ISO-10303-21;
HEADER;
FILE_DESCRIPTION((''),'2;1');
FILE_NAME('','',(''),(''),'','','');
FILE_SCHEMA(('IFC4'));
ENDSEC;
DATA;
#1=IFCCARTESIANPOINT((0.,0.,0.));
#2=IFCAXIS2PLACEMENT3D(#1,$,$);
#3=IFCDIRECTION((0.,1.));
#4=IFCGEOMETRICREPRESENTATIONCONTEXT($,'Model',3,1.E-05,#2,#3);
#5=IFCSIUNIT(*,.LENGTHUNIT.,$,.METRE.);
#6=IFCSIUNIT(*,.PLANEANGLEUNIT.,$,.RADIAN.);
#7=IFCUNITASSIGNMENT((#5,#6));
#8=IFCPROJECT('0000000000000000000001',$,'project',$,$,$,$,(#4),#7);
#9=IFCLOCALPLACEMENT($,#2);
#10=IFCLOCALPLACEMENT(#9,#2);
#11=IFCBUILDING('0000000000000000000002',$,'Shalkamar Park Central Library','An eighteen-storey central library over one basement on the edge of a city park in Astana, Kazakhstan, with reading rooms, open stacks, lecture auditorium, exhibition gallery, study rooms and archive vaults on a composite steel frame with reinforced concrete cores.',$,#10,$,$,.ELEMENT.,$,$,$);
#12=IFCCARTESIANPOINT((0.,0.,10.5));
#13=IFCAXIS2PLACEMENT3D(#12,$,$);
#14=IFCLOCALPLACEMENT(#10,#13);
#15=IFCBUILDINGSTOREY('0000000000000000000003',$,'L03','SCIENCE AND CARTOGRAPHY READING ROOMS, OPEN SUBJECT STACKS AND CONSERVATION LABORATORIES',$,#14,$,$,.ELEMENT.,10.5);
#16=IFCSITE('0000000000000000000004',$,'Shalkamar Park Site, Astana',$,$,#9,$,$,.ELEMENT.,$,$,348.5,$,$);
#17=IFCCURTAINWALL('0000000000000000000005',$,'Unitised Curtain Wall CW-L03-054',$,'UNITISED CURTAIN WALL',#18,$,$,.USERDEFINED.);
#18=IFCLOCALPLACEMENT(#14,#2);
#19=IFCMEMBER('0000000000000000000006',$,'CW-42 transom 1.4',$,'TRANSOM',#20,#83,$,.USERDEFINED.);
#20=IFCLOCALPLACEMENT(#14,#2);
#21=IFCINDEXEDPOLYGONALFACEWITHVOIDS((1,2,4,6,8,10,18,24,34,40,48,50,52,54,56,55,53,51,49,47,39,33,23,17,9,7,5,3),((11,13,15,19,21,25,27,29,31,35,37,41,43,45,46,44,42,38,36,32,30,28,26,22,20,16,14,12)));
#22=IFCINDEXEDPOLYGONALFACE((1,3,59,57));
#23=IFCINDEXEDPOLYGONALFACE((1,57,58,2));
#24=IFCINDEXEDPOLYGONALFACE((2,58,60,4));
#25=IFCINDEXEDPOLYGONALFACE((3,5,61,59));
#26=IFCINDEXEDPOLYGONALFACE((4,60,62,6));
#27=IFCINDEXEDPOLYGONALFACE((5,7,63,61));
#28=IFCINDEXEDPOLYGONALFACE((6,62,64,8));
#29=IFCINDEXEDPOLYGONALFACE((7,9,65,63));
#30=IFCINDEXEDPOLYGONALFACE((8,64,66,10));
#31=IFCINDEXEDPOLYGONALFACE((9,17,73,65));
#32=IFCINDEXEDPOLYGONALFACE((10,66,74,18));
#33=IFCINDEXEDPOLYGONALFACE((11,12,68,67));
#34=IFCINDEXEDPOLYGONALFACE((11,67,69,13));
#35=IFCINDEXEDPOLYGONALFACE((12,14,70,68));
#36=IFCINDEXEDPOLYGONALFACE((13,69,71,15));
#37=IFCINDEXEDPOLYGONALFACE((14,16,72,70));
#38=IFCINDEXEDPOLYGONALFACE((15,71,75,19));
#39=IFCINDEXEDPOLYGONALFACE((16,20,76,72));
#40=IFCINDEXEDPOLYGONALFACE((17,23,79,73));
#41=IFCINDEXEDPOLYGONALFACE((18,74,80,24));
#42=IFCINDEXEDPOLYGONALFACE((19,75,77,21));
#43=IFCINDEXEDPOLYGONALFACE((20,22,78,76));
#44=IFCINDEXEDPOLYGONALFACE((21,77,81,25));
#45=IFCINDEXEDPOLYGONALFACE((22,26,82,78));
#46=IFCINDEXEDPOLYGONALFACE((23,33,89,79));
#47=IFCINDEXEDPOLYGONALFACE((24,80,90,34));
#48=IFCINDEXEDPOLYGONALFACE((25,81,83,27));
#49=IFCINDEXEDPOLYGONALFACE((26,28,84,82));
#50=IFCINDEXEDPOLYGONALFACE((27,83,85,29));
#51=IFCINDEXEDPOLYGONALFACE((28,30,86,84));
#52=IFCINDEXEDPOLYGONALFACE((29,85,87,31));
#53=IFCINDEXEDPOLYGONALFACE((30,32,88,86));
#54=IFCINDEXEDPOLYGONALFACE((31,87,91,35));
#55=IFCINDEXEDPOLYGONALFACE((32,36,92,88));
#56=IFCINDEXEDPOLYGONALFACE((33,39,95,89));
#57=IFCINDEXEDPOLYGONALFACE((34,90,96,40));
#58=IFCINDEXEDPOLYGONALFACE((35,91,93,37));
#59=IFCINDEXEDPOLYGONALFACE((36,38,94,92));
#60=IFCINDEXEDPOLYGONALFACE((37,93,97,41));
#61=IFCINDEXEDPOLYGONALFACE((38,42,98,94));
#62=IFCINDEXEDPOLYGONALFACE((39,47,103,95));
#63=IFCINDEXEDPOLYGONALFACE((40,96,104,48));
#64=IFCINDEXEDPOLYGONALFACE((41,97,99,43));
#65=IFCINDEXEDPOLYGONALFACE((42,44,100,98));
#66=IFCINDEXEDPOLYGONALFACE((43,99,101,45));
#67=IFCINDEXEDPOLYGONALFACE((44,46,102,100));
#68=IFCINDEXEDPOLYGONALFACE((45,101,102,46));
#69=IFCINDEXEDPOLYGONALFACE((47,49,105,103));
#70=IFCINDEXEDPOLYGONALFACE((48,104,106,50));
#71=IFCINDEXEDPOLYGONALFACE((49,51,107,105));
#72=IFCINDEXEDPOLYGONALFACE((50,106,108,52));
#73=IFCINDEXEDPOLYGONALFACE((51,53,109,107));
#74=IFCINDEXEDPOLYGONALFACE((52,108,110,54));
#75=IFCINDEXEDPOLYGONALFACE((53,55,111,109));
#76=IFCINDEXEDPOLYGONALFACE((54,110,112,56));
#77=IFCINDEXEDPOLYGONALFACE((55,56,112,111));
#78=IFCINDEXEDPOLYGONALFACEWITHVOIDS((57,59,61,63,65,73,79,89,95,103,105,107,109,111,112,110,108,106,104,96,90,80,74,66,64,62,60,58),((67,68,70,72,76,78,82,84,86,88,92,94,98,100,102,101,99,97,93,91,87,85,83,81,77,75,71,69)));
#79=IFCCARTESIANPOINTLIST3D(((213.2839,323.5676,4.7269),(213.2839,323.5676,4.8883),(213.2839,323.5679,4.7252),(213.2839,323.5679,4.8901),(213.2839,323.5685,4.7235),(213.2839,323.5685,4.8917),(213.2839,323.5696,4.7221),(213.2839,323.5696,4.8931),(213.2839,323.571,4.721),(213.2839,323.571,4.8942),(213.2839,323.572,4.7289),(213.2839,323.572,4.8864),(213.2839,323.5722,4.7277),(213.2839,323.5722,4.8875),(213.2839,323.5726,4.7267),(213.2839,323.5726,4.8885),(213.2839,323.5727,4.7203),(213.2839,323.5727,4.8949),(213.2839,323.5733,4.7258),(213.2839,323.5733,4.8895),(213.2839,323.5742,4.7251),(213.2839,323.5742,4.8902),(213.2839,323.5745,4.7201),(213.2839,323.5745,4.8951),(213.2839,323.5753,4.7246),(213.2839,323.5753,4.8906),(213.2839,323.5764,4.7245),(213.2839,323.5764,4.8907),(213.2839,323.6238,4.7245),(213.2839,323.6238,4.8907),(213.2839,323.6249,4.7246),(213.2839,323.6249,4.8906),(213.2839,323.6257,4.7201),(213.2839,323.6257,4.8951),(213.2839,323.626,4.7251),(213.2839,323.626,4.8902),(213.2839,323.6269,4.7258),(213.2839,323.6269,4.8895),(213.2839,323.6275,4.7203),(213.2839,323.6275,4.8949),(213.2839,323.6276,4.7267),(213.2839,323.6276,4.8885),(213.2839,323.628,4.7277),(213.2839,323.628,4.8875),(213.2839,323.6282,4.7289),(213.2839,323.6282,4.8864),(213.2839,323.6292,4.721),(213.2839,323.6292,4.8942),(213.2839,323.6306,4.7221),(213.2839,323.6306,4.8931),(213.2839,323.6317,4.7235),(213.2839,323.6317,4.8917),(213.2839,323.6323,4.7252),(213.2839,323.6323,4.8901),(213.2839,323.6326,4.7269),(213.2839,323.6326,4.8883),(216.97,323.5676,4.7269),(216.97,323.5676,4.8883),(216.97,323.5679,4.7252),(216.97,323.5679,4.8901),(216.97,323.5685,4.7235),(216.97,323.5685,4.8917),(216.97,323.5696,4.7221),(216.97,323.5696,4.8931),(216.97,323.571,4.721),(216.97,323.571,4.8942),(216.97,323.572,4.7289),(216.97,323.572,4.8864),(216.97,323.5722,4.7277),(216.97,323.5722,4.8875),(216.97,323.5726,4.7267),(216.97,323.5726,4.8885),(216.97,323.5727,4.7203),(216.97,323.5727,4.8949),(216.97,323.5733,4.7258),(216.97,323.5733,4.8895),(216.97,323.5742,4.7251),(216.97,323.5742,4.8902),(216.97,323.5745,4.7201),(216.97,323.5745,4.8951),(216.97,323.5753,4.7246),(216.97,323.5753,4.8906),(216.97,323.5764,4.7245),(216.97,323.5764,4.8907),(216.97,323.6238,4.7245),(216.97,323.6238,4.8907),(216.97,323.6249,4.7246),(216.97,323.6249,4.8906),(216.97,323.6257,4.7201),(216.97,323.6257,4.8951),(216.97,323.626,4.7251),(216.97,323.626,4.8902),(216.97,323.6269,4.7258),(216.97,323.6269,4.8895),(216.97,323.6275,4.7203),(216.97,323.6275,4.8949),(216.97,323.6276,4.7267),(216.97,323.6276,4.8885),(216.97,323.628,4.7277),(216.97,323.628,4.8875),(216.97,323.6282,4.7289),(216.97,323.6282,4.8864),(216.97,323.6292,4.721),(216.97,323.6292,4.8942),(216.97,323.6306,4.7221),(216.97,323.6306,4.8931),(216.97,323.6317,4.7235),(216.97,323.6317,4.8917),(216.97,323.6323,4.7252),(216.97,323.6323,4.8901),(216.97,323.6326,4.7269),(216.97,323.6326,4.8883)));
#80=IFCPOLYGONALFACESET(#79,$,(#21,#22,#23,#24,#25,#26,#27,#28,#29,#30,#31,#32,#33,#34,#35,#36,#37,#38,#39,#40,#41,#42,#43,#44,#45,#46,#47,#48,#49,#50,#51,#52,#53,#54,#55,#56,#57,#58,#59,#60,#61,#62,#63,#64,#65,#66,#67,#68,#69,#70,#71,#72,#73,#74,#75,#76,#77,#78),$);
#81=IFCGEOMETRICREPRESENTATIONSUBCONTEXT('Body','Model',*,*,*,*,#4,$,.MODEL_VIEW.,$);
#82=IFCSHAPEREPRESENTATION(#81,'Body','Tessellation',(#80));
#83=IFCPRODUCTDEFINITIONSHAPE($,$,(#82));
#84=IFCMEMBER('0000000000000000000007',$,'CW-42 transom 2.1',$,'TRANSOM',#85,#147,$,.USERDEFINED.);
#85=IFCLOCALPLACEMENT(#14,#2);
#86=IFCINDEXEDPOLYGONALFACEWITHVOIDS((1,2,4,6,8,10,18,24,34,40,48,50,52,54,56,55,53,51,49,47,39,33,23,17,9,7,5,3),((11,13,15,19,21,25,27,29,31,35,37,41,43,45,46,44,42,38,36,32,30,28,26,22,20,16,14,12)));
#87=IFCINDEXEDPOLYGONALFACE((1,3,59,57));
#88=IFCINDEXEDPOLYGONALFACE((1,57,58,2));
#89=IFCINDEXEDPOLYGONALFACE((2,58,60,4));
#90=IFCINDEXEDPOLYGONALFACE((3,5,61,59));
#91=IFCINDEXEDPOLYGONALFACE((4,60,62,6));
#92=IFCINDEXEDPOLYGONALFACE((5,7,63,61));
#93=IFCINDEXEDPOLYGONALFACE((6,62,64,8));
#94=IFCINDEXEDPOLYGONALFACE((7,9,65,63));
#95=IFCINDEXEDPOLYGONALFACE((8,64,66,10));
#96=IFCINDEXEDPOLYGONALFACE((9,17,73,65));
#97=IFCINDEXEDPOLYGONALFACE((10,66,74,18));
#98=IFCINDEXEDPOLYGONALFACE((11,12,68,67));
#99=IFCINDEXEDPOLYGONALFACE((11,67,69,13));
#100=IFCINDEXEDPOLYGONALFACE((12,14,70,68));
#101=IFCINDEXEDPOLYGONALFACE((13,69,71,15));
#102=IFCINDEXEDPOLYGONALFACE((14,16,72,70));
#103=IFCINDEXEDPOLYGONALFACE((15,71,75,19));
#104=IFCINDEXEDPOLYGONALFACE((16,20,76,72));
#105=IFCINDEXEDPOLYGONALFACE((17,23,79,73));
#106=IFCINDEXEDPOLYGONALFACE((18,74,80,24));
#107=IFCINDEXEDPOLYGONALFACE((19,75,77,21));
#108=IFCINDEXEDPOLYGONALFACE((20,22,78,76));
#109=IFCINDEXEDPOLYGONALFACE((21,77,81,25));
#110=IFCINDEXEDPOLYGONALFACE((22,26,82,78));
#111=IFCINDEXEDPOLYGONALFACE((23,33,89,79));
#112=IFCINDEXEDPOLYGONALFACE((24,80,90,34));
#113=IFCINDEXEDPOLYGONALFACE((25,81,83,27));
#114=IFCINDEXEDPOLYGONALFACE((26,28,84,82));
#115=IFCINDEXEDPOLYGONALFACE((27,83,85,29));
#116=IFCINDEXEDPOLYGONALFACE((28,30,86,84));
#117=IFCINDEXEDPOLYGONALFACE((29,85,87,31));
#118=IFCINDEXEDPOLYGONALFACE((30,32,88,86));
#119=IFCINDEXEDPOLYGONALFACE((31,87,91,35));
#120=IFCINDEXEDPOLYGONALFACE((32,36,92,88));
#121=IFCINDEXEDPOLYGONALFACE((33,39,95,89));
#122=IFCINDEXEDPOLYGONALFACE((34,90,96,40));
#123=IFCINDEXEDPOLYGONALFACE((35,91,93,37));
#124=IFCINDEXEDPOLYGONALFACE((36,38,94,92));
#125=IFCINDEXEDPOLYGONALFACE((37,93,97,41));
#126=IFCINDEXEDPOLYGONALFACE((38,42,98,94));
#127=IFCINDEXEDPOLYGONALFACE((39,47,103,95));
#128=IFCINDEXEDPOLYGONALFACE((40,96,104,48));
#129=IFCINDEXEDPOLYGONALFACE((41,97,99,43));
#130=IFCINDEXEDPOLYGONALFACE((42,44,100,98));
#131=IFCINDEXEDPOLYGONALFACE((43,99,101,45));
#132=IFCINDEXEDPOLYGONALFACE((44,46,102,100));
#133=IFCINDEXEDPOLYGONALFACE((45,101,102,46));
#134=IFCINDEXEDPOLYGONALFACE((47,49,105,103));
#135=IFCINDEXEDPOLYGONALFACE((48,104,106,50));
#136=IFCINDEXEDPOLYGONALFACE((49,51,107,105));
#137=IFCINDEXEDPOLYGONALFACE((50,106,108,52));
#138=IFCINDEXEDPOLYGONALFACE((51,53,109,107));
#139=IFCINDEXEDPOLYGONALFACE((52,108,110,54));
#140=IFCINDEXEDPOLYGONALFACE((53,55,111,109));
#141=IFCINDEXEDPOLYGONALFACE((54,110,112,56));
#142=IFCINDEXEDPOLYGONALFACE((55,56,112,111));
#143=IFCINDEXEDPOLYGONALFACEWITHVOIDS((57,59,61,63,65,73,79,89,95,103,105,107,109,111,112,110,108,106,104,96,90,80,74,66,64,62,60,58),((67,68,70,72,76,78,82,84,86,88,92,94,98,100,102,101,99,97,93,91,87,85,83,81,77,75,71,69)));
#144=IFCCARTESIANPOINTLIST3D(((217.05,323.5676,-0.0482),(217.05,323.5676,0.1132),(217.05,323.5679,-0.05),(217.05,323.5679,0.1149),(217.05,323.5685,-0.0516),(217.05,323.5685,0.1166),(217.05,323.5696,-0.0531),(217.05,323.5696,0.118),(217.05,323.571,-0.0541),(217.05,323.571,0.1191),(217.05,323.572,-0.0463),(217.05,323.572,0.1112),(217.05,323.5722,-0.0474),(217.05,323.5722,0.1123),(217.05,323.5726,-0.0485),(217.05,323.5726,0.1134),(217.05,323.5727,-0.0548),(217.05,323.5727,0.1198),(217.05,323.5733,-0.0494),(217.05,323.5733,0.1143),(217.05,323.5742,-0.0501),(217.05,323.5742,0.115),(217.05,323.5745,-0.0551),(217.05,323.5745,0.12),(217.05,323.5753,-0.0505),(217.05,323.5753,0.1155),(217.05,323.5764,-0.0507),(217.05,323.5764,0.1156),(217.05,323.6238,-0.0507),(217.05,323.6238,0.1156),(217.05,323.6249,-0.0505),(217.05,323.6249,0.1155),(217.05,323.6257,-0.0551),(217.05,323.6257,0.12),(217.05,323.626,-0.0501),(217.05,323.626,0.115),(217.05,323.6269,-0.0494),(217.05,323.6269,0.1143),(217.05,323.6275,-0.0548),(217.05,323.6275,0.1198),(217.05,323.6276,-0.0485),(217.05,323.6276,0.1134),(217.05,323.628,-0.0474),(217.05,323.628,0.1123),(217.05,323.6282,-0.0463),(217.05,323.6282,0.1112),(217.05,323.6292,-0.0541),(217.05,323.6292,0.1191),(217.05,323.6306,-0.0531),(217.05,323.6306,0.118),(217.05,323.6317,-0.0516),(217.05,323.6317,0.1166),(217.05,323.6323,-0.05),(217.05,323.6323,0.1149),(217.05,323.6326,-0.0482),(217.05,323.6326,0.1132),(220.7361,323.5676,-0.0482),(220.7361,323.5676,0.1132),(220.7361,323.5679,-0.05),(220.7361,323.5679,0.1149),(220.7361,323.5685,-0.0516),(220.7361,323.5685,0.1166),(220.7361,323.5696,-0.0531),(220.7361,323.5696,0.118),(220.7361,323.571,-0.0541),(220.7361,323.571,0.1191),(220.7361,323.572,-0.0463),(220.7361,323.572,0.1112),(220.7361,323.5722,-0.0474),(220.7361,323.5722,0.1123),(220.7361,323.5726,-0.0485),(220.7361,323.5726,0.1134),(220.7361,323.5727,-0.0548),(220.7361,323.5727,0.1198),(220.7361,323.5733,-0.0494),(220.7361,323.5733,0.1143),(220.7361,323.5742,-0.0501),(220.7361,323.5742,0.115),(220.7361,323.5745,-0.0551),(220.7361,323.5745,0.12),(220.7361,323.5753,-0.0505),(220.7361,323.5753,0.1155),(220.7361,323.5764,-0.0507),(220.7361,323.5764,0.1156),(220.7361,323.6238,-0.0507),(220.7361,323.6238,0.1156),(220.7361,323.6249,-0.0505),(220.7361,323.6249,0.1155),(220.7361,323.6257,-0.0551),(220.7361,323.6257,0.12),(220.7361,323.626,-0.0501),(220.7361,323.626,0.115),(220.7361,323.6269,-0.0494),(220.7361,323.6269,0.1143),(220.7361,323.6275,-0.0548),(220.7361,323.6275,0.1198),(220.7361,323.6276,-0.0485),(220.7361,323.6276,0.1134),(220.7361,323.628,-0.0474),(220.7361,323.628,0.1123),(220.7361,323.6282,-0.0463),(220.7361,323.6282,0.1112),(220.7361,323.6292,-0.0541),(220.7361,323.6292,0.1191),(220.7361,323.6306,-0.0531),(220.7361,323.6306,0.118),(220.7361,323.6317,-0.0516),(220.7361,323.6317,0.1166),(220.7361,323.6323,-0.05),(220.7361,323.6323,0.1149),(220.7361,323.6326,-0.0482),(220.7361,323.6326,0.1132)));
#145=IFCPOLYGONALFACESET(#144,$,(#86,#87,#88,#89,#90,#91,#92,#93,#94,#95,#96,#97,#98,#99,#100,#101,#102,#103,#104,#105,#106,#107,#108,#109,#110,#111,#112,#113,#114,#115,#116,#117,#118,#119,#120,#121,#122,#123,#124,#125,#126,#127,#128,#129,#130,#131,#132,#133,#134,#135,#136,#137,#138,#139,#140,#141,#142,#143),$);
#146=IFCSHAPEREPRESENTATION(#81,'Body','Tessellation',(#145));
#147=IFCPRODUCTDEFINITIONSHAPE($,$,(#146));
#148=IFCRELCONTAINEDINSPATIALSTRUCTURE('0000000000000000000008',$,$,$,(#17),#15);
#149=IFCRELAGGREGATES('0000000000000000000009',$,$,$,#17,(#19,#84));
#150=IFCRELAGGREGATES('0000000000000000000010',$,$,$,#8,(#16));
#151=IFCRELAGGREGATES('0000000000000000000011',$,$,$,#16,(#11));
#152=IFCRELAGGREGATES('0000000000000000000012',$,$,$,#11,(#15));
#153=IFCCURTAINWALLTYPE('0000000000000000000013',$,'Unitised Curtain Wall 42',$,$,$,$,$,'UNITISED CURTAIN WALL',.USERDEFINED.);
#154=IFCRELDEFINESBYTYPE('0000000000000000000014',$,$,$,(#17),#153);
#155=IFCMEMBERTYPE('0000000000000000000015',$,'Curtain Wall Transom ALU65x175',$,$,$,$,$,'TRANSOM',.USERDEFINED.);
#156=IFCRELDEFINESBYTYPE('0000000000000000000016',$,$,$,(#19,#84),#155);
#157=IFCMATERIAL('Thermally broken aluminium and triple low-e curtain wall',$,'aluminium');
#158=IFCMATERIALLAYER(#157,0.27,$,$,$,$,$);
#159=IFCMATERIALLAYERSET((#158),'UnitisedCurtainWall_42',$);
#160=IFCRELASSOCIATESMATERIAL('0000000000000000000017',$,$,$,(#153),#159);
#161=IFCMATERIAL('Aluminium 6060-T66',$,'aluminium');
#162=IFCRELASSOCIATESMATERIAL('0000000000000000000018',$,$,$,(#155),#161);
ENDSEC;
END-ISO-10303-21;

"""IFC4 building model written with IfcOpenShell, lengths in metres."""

from ifc_helpers import new_model, si_unit, direction, frame, origin, origin_2d, place, context, subcontext, project, spatial, hollow_rectangle, extrude, material, layer, layer_set, material_profile, profile_set, type_object, element, aggregate, save


model = new_model("IFC4")

# Units and contexts
model_context = context("Model", 3, precision=1e-05, world=origin(), true_north=direction((0.0, 1.0)))
body_context = subcontext(model_context, "Body", "Model", "MODEL_VIEW")
ifc_project = project(units=[si_unit("LENGTHUNIT", "METRE"), si_unit("PLANEANGLEUNIT", "RADIAN")], contexts=[model_context])

# Site, building, storey
site_placement = place(None, origin())
site = spatial("IfcSite", under=ifc_project, at=site_placement, Name="Shalkamar Park Site, Astana", CompositionType="ELEMENT", RefElevation=348.5)
building_placement = place(site_placement, origin())
building = spatial("IfcBuilding", under=site, at=building_placement, Name="Shalkamar Park Central Library", Description="An eighteen-storey central library over one basement on the edge of a city park in Astana, Kazakhstan, with reading rooms, open stacks, lecture auditorium, exhibition gallery, study rooms and archive vaults on a composite steel frame with reinforced concrete cores.", CompositionType="ELEMENT")
storey_placement = place(building_placement, frame((0.0, 0.0, 10.5)))
storey = spatial("IfcBuildingStorey", under=building, at=storey_placement, Name="L03", Description="SCIENCE AND CARTOGRAPHY READING ROOMS, OPEN SUBJECT STACKS AND CONSERVATION LABORATORIES", CompositionType="ELEMENT", Elevation=10.5)

# Shared definitions
ifc_material_1 = material(Name="Thermally broken aluminium and triple low-e curtain wall", Category="aluminium")
ifc_material_2 = material(Name="Aluminium 6060-T66", Category="aluminium")

# Curtain wall, members
ifc_layer_1 = layer(ifc_material_1, 0.27)
ifc_layer_set_1 = layer_set([ifc_layer_1], Name="UnitisedCurtainWall_42")
curtain_wall_type_1 = type_object("IfcCurtainWallType", Name="Unitised Curtain Wall 42", ElementType="UNITISED CURTAIN WALL", PredefinedType="USERDEFINED", material=ifc_layer_set_1)
curtain_wall_1_placement = place(storey_placement, origin())
curtain_wall_1 = element("IfcCurtainWall", 1, at=curtain_wall_1_placement, inside=storey, type_object=curtain_wall_type_1, Name="Unitised Curtain Wall CW-L03-054", ObjectType="UNITISED CURTAIN WALL", PredefinedType="USERDEFINED")
ifc_material_profile_1 = material_profile(ifc_material_2, hollow_rectangle(XDim=0.0649, YDim=0.175, WallThickness=0.0044, InnerFilletRadius=0.0044, OuterFilletRadius=0.0068, at=origin_2d()), Name="ALU 65x175x4.5")
ifc_profile_set_1 = profile_set([ifc_material_profile_1], Name="Aluminium 6060-T66")
member_type_1 = type_object("IfcMemberType", Name="Curtain Wall Transom ALU65x175", ElementType="TRANSOM", PredefinedType="USERDEFINED", material=ifc_profile_set_1)
member_1_placement = place(storey_placement, frame((213.2839, 323.6001, 4.8076), z_axis=(1.0, 0.0, 0.0), x_axis=(0.0, 1.0, 0.0)))
member_1 = element("IfcMember", 2, at=member_1_placement, type_object=member_type_1, Name="CW-42 transom 1.4", ObjectType="TRANSOM", PredefinedType="USERDEFINED", context=body_context, shape_type="SweptSolid", body=[
    extrude(hollow_rectangle(XDim=0.0649, YDim=0.175, WallThickness=0.0044, InnerFilletRadius=0.0044, OuterFilletRadius=0.0068, at=origin_2d()), origin(), (0.0, 0.0, 1.0), 3.686),
])
member_2_placement = place(storey_placement, frame((217.05, 323.6001, 0.0325), z_axis=(1.0, 0.0, 0.0), x_axis=(0.0, 1.0, 0.0)))
member_2 = element("IfcMember", 3, at=member_2_placement, type_object=member_type_1, Name="CW-42 transom 2.1", ObjectType="TRANSOM", PredefinedType="USERDEFINED", context=body_context, shape_type="SweptSolid", body=[
    extrude(hollow_rectangle(XDim=0.0649, YDim=0.175, WallThickness=0.0044, InnerFilletRadius=0.0044, OuterFilletRadius=0.0068, at=origin_2d()), origin(), (0.0, 0.0, 1.0), 3.686),
])

aggregate(curtain_wall_1, [member_1, member_2])

save(model, "model.ifc")
